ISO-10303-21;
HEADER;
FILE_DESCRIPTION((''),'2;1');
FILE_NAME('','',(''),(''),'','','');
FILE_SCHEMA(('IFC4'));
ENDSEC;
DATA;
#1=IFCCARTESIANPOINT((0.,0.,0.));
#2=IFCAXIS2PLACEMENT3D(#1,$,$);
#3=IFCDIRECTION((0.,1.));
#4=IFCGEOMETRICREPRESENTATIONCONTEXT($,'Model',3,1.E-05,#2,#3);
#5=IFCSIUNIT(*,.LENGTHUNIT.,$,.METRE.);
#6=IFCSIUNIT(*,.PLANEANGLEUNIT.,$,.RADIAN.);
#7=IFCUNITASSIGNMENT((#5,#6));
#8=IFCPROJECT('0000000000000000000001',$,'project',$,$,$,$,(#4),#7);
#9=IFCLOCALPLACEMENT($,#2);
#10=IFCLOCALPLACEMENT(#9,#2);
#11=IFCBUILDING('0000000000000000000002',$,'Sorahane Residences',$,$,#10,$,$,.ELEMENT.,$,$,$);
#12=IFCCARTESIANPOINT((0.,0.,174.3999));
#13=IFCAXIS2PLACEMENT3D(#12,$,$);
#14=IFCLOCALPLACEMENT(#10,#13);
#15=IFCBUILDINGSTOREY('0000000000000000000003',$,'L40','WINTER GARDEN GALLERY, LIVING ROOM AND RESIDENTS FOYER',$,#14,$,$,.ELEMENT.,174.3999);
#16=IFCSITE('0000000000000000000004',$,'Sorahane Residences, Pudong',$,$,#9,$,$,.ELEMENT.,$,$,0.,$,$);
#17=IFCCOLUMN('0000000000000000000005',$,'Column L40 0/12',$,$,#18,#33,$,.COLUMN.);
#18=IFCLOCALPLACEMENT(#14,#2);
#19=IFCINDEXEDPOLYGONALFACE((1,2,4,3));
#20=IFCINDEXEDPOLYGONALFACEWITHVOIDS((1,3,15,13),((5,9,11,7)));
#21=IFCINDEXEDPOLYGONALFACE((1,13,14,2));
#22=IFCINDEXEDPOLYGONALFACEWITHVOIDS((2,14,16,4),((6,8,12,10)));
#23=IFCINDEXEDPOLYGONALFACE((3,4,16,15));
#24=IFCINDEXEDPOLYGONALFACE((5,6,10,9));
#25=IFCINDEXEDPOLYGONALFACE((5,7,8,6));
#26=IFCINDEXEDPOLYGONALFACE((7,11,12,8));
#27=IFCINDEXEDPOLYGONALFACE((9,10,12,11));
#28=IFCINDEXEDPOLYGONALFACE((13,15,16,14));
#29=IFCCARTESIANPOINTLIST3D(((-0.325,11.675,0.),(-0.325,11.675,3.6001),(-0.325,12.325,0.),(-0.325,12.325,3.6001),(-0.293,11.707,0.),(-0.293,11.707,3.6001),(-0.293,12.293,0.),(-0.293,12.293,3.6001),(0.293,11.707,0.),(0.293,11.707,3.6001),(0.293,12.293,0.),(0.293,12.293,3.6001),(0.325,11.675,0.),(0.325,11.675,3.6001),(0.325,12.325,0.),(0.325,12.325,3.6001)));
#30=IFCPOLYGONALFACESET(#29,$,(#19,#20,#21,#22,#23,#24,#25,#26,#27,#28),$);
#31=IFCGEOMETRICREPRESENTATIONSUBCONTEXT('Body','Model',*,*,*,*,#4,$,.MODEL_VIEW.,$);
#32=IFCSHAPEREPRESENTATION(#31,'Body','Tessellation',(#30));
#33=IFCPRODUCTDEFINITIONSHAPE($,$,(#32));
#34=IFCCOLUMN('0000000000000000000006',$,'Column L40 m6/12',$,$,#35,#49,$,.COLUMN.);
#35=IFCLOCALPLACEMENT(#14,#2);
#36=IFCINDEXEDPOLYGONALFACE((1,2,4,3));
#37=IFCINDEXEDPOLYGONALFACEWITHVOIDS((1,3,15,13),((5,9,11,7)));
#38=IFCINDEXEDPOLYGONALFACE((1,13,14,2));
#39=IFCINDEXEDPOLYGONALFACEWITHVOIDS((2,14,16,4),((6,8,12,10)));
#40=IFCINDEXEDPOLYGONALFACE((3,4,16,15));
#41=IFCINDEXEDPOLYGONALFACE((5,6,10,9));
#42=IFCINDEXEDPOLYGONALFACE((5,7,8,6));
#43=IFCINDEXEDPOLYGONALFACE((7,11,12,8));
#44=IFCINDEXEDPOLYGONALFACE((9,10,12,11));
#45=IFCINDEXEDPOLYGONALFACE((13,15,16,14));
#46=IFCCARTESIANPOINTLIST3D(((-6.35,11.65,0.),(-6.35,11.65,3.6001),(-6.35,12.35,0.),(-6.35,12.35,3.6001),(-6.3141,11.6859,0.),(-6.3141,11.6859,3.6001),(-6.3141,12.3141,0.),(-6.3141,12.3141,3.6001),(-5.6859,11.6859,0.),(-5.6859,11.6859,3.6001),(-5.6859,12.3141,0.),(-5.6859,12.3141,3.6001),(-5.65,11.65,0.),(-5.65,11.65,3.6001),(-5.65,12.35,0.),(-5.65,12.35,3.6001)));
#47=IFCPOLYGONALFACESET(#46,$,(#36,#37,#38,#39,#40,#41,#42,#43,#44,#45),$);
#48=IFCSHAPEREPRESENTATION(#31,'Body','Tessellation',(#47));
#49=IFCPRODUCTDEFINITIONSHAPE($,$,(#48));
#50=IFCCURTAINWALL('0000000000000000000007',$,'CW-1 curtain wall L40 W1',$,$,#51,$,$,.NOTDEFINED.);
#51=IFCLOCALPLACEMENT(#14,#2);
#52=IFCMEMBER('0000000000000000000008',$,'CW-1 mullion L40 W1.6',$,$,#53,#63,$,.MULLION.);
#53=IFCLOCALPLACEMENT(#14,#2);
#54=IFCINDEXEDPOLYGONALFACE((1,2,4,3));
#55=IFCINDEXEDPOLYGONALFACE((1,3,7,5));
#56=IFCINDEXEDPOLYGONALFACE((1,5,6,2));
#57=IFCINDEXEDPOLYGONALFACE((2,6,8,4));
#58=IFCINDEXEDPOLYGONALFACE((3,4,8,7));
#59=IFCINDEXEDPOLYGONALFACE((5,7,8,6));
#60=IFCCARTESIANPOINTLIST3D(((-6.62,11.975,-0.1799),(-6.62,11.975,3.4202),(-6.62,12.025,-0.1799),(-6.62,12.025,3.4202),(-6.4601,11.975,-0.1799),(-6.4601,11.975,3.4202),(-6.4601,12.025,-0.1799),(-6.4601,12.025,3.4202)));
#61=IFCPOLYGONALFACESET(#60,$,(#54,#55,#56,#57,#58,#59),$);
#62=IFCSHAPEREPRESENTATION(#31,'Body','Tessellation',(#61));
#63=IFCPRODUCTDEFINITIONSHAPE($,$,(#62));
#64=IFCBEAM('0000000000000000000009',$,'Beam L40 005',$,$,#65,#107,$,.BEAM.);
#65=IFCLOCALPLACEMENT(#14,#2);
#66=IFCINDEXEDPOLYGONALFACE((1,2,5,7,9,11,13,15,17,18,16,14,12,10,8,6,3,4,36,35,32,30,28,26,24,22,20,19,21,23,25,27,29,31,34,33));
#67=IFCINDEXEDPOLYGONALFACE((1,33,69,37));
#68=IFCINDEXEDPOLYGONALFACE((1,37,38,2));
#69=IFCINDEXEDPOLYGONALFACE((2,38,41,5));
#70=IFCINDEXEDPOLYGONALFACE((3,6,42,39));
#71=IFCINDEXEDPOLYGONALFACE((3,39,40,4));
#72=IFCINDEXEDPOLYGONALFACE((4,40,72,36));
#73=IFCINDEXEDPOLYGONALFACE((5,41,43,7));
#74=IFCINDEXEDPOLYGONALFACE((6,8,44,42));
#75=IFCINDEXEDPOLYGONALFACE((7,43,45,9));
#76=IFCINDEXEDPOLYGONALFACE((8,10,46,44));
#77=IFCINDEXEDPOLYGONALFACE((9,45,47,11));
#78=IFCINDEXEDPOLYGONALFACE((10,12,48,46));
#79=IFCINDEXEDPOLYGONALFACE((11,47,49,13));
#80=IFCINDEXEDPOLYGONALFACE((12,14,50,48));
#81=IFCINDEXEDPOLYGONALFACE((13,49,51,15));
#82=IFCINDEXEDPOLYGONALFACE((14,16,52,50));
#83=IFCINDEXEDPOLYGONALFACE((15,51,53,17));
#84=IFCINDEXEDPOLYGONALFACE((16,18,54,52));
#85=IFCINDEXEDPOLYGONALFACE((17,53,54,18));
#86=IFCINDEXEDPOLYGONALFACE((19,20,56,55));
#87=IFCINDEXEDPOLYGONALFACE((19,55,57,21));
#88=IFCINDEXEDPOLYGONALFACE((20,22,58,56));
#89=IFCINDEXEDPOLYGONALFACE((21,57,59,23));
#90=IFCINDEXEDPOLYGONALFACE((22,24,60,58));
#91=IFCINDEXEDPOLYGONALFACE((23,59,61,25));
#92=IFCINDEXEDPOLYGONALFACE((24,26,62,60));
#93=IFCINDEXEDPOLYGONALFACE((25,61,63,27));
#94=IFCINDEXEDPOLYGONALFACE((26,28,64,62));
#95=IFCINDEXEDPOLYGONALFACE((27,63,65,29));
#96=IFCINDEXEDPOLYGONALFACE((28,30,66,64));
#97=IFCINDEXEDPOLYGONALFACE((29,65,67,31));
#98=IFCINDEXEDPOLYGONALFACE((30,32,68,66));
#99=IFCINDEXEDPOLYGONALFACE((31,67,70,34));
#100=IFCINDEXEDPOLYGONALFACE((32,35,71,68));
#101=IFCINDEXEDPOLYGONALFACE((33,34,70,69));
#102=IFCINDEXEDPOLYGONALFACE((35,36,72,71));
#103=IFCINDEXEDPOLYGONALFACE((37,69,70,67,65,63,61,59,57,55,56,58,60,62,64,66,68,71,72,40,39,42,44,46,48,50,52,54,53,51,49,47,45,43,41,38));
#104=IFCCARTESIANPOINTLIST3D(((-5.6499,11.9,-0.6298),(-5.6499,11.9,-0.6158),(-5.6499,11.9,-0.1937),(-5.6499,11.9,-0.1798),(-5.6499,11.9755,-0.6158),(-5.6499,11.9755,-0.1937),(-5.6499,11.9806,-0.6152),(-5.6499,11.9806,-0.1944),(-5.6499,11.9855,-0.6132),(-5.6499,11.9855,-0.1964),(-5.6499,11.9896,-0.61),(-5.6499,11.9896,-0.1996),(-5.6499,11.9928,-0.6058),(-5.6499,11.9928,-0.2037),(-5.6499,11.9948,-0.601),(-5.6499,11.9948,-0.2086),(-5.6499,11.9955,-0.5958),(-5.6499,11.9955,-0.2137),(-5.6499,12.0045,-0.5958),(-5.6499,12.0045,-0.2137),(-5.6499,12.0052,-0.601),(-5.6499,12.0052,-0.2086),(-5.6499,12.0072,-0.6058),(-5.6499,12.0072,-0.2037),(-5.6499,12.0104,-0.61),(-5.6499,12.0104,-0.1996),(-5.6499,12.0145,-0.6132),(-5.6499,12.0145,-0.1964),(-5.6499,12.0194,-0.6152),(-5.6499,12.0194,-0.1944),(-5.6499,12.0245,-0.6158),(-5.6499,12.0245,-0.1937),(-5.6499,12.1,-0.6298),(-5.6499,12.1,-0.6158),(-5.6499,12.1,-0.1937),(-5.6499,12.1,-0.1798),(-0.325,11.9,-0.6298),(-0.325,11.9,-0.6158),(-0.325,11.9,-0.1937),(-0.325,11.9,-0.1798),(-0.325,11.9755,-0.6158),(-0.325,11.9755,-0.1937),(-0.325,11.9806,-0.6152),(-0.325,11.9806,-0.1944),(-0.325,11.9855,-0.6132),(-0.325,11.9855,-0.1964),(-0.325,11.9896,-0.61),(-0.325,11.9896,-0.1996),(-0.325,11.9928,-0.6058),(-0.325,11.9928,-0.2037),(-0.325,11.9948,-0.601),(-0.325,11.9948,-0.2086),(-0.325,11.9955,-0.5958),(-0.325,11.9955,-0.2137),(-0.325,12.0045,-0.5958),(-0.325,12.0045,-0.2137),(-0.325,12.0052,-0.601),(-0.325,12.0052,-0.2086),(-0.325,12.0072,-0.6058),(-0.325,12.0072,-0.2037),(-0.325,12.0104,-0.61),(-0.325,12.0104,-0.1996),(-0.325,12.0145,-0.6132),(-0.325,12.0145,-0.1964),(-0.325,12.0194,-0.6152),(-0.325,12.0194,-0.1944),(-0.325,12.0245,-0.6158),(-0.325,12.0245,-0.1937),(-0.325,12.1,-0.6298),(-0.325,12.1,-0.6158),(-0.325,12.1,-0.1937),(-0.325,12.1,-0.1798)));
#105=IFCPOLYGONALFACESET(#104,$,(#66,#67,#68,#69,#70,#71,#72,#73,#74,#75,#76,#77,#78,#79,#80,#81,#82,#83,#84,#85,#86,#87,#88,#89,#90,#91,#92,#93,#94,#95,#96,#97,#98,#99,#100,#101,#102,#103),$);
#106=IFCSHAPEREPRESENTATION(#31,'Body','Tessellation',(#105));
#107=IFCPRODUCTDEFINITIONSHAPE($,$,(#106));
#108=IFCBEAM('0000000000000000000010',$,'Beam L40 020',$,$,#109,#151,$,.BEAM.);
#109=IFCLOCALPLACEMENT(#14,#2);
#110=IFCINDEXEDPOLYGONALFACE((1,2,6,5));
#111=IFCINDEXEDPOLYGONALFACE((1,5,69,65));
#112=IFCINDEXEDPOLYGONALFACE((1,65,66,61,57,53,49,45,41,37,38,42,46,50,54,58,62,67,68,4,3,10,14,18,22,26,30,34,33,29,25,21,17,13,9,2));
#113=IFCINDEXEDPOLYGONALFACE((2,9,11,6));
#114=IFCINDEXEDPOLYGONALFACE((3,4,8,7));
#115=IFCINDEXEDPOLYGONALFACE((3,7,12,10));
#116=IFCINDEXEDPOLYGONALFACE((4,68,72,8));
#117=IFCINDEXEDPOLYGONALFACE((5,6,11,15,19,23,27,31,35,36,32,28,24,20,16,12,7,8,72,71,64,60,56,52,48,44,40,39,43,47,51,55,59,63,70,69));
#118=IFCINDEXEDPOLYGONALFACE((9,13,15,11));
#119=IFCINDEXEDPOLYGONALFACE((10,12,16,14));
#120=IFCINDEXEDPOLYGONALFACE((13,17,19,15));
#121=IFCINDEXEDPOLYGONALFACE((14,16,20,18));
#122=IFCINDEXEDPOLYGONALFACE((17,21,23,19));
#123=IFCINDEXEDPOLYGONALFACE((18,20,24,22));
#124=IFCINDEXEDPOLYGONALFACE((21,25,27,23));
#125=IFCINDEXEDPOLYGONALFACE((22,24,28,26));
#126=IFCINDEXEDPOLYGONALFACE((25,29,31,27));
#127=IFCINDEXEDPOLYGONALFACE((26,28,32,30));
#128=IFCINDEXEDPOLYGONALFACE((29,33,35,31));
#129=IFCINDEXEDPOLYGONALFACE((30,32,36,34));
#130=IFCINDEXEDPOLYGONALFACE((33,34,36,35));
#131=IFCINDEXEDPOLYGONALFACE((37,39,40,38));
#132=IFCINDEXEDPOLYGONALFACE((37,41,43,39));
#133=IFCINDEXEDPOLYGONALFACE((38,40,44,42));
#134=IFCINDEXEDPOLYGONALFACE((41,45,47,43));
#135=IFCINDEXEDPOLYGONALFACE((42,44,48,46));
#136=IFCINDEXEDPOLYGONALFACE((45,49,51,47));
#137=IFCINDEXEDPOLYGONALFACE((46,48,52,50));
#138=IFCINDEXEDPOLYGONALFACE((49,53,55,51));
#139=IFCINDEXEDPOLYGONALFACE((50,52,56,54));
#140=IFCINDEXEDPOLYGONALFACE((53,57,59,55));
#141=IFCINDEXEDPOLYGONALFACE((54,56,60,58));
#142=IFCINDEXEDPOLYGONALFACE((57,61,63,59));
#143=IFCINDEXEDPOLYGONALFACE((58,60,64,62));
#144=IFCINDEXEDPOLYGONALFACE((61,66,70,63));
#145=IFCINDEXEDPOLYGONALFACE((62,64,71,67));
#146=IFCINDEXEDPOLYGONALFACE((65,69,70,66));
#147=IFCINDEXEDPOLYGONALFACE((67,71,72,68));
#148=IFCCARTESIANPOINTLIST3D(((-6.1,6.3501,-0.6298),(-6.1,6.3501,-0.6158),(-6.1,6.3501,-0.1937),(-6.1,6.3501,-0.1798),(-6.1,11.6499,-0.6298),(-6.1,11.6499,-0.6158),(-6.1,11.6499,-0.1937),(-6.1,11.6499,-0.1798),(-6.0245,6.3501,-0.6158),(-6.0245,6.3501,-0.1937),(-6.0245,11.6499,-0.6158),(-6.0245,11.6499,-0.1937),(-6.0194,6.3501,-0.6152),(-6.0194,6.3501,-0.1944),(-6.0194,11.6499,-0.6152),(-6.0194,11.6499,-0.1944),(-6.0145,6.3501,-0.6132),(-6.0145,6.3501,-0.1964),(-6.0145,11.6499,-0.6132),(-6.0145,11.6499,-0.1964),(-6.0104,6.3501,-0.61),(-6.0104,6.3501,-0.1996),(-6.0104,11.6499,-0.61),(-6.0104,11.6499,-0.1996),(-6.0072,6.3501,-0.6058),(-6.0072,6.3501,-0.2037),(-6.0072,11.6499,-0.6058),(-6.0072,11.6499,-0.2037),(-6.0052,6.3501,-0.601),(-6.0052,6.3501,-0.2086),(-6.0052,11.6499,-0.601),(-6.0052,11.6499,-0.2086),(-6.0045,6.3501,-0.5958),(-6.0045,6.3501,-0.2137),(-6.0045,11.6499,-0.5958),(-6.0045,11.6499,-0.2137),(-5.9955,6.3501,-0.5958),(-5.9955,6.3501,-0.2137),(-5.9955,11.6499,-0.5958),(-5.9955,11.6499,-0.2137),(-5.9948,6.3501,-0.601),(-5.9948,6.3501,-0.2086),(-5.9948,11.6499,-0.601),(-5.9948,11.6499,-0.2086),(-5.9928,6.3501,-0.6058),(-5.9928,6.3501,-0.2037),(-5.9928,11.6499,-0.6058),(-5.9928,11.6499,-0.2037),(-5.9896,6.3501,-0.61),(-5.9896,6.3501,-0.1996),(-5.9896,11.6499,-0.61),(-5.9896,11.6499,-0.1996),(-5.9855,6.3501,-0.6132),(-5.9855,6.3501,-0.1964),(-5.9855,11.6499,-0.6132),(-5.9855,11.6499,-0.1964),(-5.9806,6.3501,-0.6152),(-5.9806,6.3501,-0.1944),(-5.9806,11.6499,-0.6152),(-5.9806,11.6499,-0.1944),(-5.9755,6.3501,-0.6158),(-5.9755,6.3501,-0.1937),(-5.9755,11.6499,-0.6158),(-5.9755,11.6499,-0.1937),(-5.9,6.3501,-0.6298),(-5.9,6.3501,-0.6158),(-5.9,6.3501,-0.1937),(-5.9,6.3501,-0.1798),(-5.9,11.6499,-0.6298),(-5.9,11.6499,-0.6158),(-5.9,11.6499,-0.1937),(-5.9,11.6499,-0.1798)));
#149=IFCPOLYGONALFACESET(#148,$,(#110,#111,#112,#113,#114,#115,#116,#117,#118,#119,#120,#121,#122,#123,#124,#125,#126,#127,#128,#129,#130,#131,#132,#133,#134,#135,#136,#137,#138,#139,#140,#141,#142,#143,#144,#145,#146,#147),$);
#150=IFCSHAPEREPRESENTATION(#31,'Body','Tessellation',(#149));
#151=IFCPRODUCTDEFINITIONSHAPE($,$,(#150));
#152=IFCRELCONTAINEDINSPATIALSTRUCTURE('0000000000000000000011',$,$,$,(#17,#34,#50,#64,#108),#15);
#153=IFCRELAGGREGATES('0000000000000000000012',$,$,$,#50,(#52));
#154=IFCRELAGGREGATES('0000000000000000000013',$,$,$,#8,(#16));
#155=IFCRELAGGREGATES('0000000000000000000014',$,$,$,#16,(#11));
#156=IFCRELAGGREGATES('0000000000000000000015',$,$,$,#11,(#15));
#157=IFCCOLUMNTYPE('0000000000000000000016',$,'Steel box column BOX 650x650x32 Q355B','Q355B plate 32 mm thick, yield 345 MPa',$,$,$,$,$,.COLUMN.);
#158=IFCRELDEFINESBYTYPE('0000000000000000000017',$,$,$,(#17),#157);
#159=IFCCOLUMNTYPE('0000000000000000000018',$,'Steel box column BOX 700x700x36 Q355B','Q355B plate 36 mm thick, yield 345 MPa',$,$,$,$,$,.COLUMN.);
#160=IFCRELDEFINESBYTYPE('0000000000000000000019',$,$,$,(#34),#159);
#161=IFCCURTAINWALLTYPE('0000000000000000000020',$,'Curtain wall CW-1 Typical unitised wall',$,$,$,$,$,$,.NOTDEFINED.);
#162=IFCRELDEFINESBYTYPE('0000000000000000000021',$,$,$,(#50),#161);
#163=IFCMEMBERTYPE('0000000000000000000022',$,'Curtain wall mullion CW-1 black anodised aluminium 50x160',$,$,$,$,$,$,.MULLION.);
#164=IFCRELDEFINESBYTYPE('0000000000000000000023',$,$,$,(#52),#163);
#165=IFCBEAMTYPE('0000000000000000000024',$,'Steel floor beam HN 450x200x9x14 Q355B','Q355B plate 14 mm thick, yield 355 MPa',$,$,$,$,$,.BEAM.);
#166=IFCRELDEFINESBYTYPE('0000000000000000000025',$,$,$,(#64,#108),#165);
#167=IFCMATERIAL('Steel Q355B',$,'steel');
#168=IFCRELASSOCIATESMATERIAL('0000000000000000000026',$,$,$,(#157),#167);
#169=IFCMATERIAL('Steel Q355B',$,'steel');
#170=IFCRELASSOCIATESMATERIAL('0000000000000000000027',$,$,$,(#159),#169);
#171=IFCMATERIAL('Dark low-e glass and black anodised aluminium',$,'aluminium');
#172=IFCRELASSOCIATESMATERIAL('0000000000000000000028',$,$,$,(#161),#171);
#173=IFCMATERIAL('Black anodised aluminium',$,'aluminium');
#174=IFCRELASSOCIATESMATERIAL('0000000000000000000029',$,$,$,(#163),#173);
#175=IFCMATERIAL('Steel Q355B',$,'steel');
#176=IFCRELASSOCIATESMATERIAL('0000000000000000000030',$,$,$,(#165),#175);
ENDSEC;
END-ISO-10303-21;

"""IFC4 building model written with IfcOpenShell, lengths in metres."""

from ifc_helpers import new_model, si_unit, direction, frame, origin, origin_2d, place, context, subcontext, project, spatial, rectangle, hollow_rectangle, i_section, extrude, material, material_profile, profile_set, type_object, element, aggregate, save


model = new_model("IFC4")

# Units and contexts
model_context = context("Model", 3, precision=1e-05, world=origin(), true_north=direction((0.0, 1.0)))
body_context = subcontext(model_context, "Body", "Model", "MODEL_VIEW")
ifc_project = project(units=[si_unit("LENGTHUNIT", "METRE"), si_unit("PLANEANGLEUNIT", "RADIAN")], contexts=[model_context])

# Site, building, storey
site_placement = place(None, origin())
site = spatial("IfcSite", under=ifc_project, at=site_placement, Name="Sorahane Residences, Pudong", CompositionType="ELEMENT", RefElevation=0.0)
building_placement = place(site_placement, origin())
building = spatial("IfcBuilding", under=site, at=building_placement, Name="Sorahane Residences", CompositionType="ELEMENT")
storey_placement = place(building_placement, frame((0.0, 0.0, 174.3999)))
storey = spatial("IfcBuildingStorey", under=building, at=storey_placement, Name="L40", Description="WINTER GARDEN GALLERY, LIVING ROOM AND RESIDENTS FOYER", CompositionType="ELEMENT", Elevation=174.3999)

# Columns
ifc_material_1 = material(Name="Steel Q355B", Category="steel")
ifc_material_profile_1 = material_profile(ifc_material_1, hollow_rectangle(XDim=0.6499, YDim=0.6499, WallThickness=0.032, at=origin_2d()), Name="BOX 650x650x32")
ifc_profile_set_1 = profile_set([ifc_material_profile_1], Name="Steel Q355B")
column_type_1 = type_object("IfcColumnType", Name="Steel box column BOX 650x650x32 Q355B", Description="Q355B plate 32 mm thick, yield 345 MPa", PredefinedType="COLUMN", material=ifc_profile_set_1)
column_1_placement = place(storey_placement, frame((0.0, 12.0, 0.0), z_axis=(0.0, 0.0, 1.0), x_axis=(1.0, 0.0, 0.0)))
element("IfcColumn", 1, at=column_1_placement, inside=storey, type_object=column_type_1, Name="Column L40 0/12", PredefinedType="COLUMN", context=body_context, shape_type="SweptSolid", body=[
    extrude(hollow_rectangle(XDim=0.6499, YDim=0.6499, WallThickness=0.032, at=origin_2d()), origin(), (0.0, 0.0, 1.0), 3.6001),
])
ifc_material_2 = material(Name="Steel Q355B", Category="steel")
ifc_material_profile_2 = material_profile(ifc_material_2, hollow_rectangle(XDim=0.7, YDim=0.7, WallThickness=0.0359, at=origin_2d()), Name="BOX 700x700x36")
ifc_profile_set_2 = profile_set([ifc_material_profile_2], Name="Steel Q355B")
column_type_2 = type_object("IfcColumnType", Name="Steel box column BOX 700x700x36 Q355B", Description="Q355B plate 36 mm thick, yield 345 MPa", PredefinedType="COLUMN", material=ifc_profile_set_2)
column_2_placement = place(storey_placement, frame((-6.0, 12.0, 0.0), z_axis=(0.0, 0.0, 1.0), x_axis=(1.0, 0.0, 0.0)))
element("IfcColumn", 2, at=column_2_placement, inside=storey, type_object=column_type_2, Name="Column L40 m6/12", PredefinedType="COLUMN", context=body_context, shape_type="SweptSolid", body=[
    extrude(hollow_rectangle(XDim=0.7, YDim=0.7, WallThickness=0.0359, at=origin_2d()), origin(), (0.0, 0.0, 1.0), 3.6001),
])

# Curtain wall, member
ifc_material_3 = material(Name="Dark low-e glass and black anodised aluminium", Category="aluminium")
curtain_wall_type = type_object("IfcCurtainWallType", Name="Curtain wall CW-1 Typical unitised wall", PredefinedType="NOTDEFINED", material=ifc_material_3)
curtain_wall_placement = place(storey_placement, origin())
curtain_wall = element("IfcCurtainWall", 3, at=curtain_wall_placement, inside=storey, type_object=curtain_wall_type, Name="CW-1 curtain wall L40 W1", PredefinedType="NOTDEFINED")
ifc_material_4 = material(Name="Black anodised aluminium", Category="aluminium")
ifc_material_profile_3 = material_profile(ifc_material_4, rectangle(XDim=0.1599, YDim=0.05, at=origin_2d()), Name="Curtain wall mullion CW-1 black anodised aluminium 50x160")
ifc_profile_set_3 = profile_set([ifc_material_profile_3], Name="Black anodised aluminium")
member_type = type_object("IfcMemberType", Name="Curtain wall mullion CW-1 black anodised aluminium 50x160", PredefinedType="MULLION", material=ifc_profile_set_3)
member_placement = place(storey_placement, frame((-6.54, 12.0, -0.1799), z_axis=(0.0, 0.0, 1.0), x_axis=(-1.0, 0.0, 0.0)))
member = element("IfcMember", 4, at=member_placement, type_object=member_type, Name="CW-1 mullion L40 W1.6", PredefinedType="MULLION", context=body_context, shape_type="SweptSolid", body=[
    extrude(rectangle(XDim=0.1599, YDim=0.05, at=origin_2d()), origin(), (0.0, 0.0, 1.0), 3.6001),
])

# Beams
ifc_material_5 = material(Name="Steel Q355B", Category="steel")
ifc_material_profile_4 = material_profile(ifc_material_5, i_section(OverallWidth=0.2, OverallDepth=0.45, WebThickness=0.009, FlangeThickness=0.0139, FilletRadius=0.02, at=origin_2d()), Name="HN 450x200x9x14")
ifc_profile_set_4 = profile_set([ifc_material_profile_4], Name="Steel Q355B")
beam_type_1 = type_object("IfcBeamType", Name="Steel floor beam HN 450x200x9x14 Q355B", Description="Q355B plate 14 mm thick, yield 355 MPa", PredefinedType="BEAM", material=ifc_profile_set_4)
beam_1_placement = place(storey_placement, frame((-5.6499, 12.0, -0.4048), z_axis=(1.0, 0.0, 0.0), x_axis=(0.0, 1.0, 0.0)))
element("IfcBeam", 5, at=beam_1_placement, inside=storey, type_object=beam_type_1, Name="Beam L40 005", PredefinedType="BEAM", context=body_context, shape_type="SweptSolid", body=[
    extrude(i_section(OverallWidth=0.2, OverallDepth=0.45, WebThickness=0.009, FlangeThickness=0.0139, FilletRadius=0.02, at=origin_2d()), origin(), (0.0, 0.0, 1.0), 5.325),
])
beam_2_placement = place(storey_placement, frame((-6.0, 6.3501, -0.4048), z_axis=(0.0, 1.0, 0.0), x_axis=(-1.0, 0.0, 0.0)))
element("IfcBeam", 6, at=beam_2_placement, inside=storey, type_object=beam_type_1, Name="Beam L40 020", PredefinedType="BEAM", context=body_context, shape_type="SweptSolid", body=[
    extrude(i_section(OverallWidth=0.2, OverallDepth=0.45, WebThickness=0.009, FlangeThickness=0.0139, FilletRadius=0.02, at=origin_2d()), origin(), (0.0, 0.0, 1.0), 5.2998),
])

aggregate(curtain_wall, [member])

save(model, "model.ifc")
